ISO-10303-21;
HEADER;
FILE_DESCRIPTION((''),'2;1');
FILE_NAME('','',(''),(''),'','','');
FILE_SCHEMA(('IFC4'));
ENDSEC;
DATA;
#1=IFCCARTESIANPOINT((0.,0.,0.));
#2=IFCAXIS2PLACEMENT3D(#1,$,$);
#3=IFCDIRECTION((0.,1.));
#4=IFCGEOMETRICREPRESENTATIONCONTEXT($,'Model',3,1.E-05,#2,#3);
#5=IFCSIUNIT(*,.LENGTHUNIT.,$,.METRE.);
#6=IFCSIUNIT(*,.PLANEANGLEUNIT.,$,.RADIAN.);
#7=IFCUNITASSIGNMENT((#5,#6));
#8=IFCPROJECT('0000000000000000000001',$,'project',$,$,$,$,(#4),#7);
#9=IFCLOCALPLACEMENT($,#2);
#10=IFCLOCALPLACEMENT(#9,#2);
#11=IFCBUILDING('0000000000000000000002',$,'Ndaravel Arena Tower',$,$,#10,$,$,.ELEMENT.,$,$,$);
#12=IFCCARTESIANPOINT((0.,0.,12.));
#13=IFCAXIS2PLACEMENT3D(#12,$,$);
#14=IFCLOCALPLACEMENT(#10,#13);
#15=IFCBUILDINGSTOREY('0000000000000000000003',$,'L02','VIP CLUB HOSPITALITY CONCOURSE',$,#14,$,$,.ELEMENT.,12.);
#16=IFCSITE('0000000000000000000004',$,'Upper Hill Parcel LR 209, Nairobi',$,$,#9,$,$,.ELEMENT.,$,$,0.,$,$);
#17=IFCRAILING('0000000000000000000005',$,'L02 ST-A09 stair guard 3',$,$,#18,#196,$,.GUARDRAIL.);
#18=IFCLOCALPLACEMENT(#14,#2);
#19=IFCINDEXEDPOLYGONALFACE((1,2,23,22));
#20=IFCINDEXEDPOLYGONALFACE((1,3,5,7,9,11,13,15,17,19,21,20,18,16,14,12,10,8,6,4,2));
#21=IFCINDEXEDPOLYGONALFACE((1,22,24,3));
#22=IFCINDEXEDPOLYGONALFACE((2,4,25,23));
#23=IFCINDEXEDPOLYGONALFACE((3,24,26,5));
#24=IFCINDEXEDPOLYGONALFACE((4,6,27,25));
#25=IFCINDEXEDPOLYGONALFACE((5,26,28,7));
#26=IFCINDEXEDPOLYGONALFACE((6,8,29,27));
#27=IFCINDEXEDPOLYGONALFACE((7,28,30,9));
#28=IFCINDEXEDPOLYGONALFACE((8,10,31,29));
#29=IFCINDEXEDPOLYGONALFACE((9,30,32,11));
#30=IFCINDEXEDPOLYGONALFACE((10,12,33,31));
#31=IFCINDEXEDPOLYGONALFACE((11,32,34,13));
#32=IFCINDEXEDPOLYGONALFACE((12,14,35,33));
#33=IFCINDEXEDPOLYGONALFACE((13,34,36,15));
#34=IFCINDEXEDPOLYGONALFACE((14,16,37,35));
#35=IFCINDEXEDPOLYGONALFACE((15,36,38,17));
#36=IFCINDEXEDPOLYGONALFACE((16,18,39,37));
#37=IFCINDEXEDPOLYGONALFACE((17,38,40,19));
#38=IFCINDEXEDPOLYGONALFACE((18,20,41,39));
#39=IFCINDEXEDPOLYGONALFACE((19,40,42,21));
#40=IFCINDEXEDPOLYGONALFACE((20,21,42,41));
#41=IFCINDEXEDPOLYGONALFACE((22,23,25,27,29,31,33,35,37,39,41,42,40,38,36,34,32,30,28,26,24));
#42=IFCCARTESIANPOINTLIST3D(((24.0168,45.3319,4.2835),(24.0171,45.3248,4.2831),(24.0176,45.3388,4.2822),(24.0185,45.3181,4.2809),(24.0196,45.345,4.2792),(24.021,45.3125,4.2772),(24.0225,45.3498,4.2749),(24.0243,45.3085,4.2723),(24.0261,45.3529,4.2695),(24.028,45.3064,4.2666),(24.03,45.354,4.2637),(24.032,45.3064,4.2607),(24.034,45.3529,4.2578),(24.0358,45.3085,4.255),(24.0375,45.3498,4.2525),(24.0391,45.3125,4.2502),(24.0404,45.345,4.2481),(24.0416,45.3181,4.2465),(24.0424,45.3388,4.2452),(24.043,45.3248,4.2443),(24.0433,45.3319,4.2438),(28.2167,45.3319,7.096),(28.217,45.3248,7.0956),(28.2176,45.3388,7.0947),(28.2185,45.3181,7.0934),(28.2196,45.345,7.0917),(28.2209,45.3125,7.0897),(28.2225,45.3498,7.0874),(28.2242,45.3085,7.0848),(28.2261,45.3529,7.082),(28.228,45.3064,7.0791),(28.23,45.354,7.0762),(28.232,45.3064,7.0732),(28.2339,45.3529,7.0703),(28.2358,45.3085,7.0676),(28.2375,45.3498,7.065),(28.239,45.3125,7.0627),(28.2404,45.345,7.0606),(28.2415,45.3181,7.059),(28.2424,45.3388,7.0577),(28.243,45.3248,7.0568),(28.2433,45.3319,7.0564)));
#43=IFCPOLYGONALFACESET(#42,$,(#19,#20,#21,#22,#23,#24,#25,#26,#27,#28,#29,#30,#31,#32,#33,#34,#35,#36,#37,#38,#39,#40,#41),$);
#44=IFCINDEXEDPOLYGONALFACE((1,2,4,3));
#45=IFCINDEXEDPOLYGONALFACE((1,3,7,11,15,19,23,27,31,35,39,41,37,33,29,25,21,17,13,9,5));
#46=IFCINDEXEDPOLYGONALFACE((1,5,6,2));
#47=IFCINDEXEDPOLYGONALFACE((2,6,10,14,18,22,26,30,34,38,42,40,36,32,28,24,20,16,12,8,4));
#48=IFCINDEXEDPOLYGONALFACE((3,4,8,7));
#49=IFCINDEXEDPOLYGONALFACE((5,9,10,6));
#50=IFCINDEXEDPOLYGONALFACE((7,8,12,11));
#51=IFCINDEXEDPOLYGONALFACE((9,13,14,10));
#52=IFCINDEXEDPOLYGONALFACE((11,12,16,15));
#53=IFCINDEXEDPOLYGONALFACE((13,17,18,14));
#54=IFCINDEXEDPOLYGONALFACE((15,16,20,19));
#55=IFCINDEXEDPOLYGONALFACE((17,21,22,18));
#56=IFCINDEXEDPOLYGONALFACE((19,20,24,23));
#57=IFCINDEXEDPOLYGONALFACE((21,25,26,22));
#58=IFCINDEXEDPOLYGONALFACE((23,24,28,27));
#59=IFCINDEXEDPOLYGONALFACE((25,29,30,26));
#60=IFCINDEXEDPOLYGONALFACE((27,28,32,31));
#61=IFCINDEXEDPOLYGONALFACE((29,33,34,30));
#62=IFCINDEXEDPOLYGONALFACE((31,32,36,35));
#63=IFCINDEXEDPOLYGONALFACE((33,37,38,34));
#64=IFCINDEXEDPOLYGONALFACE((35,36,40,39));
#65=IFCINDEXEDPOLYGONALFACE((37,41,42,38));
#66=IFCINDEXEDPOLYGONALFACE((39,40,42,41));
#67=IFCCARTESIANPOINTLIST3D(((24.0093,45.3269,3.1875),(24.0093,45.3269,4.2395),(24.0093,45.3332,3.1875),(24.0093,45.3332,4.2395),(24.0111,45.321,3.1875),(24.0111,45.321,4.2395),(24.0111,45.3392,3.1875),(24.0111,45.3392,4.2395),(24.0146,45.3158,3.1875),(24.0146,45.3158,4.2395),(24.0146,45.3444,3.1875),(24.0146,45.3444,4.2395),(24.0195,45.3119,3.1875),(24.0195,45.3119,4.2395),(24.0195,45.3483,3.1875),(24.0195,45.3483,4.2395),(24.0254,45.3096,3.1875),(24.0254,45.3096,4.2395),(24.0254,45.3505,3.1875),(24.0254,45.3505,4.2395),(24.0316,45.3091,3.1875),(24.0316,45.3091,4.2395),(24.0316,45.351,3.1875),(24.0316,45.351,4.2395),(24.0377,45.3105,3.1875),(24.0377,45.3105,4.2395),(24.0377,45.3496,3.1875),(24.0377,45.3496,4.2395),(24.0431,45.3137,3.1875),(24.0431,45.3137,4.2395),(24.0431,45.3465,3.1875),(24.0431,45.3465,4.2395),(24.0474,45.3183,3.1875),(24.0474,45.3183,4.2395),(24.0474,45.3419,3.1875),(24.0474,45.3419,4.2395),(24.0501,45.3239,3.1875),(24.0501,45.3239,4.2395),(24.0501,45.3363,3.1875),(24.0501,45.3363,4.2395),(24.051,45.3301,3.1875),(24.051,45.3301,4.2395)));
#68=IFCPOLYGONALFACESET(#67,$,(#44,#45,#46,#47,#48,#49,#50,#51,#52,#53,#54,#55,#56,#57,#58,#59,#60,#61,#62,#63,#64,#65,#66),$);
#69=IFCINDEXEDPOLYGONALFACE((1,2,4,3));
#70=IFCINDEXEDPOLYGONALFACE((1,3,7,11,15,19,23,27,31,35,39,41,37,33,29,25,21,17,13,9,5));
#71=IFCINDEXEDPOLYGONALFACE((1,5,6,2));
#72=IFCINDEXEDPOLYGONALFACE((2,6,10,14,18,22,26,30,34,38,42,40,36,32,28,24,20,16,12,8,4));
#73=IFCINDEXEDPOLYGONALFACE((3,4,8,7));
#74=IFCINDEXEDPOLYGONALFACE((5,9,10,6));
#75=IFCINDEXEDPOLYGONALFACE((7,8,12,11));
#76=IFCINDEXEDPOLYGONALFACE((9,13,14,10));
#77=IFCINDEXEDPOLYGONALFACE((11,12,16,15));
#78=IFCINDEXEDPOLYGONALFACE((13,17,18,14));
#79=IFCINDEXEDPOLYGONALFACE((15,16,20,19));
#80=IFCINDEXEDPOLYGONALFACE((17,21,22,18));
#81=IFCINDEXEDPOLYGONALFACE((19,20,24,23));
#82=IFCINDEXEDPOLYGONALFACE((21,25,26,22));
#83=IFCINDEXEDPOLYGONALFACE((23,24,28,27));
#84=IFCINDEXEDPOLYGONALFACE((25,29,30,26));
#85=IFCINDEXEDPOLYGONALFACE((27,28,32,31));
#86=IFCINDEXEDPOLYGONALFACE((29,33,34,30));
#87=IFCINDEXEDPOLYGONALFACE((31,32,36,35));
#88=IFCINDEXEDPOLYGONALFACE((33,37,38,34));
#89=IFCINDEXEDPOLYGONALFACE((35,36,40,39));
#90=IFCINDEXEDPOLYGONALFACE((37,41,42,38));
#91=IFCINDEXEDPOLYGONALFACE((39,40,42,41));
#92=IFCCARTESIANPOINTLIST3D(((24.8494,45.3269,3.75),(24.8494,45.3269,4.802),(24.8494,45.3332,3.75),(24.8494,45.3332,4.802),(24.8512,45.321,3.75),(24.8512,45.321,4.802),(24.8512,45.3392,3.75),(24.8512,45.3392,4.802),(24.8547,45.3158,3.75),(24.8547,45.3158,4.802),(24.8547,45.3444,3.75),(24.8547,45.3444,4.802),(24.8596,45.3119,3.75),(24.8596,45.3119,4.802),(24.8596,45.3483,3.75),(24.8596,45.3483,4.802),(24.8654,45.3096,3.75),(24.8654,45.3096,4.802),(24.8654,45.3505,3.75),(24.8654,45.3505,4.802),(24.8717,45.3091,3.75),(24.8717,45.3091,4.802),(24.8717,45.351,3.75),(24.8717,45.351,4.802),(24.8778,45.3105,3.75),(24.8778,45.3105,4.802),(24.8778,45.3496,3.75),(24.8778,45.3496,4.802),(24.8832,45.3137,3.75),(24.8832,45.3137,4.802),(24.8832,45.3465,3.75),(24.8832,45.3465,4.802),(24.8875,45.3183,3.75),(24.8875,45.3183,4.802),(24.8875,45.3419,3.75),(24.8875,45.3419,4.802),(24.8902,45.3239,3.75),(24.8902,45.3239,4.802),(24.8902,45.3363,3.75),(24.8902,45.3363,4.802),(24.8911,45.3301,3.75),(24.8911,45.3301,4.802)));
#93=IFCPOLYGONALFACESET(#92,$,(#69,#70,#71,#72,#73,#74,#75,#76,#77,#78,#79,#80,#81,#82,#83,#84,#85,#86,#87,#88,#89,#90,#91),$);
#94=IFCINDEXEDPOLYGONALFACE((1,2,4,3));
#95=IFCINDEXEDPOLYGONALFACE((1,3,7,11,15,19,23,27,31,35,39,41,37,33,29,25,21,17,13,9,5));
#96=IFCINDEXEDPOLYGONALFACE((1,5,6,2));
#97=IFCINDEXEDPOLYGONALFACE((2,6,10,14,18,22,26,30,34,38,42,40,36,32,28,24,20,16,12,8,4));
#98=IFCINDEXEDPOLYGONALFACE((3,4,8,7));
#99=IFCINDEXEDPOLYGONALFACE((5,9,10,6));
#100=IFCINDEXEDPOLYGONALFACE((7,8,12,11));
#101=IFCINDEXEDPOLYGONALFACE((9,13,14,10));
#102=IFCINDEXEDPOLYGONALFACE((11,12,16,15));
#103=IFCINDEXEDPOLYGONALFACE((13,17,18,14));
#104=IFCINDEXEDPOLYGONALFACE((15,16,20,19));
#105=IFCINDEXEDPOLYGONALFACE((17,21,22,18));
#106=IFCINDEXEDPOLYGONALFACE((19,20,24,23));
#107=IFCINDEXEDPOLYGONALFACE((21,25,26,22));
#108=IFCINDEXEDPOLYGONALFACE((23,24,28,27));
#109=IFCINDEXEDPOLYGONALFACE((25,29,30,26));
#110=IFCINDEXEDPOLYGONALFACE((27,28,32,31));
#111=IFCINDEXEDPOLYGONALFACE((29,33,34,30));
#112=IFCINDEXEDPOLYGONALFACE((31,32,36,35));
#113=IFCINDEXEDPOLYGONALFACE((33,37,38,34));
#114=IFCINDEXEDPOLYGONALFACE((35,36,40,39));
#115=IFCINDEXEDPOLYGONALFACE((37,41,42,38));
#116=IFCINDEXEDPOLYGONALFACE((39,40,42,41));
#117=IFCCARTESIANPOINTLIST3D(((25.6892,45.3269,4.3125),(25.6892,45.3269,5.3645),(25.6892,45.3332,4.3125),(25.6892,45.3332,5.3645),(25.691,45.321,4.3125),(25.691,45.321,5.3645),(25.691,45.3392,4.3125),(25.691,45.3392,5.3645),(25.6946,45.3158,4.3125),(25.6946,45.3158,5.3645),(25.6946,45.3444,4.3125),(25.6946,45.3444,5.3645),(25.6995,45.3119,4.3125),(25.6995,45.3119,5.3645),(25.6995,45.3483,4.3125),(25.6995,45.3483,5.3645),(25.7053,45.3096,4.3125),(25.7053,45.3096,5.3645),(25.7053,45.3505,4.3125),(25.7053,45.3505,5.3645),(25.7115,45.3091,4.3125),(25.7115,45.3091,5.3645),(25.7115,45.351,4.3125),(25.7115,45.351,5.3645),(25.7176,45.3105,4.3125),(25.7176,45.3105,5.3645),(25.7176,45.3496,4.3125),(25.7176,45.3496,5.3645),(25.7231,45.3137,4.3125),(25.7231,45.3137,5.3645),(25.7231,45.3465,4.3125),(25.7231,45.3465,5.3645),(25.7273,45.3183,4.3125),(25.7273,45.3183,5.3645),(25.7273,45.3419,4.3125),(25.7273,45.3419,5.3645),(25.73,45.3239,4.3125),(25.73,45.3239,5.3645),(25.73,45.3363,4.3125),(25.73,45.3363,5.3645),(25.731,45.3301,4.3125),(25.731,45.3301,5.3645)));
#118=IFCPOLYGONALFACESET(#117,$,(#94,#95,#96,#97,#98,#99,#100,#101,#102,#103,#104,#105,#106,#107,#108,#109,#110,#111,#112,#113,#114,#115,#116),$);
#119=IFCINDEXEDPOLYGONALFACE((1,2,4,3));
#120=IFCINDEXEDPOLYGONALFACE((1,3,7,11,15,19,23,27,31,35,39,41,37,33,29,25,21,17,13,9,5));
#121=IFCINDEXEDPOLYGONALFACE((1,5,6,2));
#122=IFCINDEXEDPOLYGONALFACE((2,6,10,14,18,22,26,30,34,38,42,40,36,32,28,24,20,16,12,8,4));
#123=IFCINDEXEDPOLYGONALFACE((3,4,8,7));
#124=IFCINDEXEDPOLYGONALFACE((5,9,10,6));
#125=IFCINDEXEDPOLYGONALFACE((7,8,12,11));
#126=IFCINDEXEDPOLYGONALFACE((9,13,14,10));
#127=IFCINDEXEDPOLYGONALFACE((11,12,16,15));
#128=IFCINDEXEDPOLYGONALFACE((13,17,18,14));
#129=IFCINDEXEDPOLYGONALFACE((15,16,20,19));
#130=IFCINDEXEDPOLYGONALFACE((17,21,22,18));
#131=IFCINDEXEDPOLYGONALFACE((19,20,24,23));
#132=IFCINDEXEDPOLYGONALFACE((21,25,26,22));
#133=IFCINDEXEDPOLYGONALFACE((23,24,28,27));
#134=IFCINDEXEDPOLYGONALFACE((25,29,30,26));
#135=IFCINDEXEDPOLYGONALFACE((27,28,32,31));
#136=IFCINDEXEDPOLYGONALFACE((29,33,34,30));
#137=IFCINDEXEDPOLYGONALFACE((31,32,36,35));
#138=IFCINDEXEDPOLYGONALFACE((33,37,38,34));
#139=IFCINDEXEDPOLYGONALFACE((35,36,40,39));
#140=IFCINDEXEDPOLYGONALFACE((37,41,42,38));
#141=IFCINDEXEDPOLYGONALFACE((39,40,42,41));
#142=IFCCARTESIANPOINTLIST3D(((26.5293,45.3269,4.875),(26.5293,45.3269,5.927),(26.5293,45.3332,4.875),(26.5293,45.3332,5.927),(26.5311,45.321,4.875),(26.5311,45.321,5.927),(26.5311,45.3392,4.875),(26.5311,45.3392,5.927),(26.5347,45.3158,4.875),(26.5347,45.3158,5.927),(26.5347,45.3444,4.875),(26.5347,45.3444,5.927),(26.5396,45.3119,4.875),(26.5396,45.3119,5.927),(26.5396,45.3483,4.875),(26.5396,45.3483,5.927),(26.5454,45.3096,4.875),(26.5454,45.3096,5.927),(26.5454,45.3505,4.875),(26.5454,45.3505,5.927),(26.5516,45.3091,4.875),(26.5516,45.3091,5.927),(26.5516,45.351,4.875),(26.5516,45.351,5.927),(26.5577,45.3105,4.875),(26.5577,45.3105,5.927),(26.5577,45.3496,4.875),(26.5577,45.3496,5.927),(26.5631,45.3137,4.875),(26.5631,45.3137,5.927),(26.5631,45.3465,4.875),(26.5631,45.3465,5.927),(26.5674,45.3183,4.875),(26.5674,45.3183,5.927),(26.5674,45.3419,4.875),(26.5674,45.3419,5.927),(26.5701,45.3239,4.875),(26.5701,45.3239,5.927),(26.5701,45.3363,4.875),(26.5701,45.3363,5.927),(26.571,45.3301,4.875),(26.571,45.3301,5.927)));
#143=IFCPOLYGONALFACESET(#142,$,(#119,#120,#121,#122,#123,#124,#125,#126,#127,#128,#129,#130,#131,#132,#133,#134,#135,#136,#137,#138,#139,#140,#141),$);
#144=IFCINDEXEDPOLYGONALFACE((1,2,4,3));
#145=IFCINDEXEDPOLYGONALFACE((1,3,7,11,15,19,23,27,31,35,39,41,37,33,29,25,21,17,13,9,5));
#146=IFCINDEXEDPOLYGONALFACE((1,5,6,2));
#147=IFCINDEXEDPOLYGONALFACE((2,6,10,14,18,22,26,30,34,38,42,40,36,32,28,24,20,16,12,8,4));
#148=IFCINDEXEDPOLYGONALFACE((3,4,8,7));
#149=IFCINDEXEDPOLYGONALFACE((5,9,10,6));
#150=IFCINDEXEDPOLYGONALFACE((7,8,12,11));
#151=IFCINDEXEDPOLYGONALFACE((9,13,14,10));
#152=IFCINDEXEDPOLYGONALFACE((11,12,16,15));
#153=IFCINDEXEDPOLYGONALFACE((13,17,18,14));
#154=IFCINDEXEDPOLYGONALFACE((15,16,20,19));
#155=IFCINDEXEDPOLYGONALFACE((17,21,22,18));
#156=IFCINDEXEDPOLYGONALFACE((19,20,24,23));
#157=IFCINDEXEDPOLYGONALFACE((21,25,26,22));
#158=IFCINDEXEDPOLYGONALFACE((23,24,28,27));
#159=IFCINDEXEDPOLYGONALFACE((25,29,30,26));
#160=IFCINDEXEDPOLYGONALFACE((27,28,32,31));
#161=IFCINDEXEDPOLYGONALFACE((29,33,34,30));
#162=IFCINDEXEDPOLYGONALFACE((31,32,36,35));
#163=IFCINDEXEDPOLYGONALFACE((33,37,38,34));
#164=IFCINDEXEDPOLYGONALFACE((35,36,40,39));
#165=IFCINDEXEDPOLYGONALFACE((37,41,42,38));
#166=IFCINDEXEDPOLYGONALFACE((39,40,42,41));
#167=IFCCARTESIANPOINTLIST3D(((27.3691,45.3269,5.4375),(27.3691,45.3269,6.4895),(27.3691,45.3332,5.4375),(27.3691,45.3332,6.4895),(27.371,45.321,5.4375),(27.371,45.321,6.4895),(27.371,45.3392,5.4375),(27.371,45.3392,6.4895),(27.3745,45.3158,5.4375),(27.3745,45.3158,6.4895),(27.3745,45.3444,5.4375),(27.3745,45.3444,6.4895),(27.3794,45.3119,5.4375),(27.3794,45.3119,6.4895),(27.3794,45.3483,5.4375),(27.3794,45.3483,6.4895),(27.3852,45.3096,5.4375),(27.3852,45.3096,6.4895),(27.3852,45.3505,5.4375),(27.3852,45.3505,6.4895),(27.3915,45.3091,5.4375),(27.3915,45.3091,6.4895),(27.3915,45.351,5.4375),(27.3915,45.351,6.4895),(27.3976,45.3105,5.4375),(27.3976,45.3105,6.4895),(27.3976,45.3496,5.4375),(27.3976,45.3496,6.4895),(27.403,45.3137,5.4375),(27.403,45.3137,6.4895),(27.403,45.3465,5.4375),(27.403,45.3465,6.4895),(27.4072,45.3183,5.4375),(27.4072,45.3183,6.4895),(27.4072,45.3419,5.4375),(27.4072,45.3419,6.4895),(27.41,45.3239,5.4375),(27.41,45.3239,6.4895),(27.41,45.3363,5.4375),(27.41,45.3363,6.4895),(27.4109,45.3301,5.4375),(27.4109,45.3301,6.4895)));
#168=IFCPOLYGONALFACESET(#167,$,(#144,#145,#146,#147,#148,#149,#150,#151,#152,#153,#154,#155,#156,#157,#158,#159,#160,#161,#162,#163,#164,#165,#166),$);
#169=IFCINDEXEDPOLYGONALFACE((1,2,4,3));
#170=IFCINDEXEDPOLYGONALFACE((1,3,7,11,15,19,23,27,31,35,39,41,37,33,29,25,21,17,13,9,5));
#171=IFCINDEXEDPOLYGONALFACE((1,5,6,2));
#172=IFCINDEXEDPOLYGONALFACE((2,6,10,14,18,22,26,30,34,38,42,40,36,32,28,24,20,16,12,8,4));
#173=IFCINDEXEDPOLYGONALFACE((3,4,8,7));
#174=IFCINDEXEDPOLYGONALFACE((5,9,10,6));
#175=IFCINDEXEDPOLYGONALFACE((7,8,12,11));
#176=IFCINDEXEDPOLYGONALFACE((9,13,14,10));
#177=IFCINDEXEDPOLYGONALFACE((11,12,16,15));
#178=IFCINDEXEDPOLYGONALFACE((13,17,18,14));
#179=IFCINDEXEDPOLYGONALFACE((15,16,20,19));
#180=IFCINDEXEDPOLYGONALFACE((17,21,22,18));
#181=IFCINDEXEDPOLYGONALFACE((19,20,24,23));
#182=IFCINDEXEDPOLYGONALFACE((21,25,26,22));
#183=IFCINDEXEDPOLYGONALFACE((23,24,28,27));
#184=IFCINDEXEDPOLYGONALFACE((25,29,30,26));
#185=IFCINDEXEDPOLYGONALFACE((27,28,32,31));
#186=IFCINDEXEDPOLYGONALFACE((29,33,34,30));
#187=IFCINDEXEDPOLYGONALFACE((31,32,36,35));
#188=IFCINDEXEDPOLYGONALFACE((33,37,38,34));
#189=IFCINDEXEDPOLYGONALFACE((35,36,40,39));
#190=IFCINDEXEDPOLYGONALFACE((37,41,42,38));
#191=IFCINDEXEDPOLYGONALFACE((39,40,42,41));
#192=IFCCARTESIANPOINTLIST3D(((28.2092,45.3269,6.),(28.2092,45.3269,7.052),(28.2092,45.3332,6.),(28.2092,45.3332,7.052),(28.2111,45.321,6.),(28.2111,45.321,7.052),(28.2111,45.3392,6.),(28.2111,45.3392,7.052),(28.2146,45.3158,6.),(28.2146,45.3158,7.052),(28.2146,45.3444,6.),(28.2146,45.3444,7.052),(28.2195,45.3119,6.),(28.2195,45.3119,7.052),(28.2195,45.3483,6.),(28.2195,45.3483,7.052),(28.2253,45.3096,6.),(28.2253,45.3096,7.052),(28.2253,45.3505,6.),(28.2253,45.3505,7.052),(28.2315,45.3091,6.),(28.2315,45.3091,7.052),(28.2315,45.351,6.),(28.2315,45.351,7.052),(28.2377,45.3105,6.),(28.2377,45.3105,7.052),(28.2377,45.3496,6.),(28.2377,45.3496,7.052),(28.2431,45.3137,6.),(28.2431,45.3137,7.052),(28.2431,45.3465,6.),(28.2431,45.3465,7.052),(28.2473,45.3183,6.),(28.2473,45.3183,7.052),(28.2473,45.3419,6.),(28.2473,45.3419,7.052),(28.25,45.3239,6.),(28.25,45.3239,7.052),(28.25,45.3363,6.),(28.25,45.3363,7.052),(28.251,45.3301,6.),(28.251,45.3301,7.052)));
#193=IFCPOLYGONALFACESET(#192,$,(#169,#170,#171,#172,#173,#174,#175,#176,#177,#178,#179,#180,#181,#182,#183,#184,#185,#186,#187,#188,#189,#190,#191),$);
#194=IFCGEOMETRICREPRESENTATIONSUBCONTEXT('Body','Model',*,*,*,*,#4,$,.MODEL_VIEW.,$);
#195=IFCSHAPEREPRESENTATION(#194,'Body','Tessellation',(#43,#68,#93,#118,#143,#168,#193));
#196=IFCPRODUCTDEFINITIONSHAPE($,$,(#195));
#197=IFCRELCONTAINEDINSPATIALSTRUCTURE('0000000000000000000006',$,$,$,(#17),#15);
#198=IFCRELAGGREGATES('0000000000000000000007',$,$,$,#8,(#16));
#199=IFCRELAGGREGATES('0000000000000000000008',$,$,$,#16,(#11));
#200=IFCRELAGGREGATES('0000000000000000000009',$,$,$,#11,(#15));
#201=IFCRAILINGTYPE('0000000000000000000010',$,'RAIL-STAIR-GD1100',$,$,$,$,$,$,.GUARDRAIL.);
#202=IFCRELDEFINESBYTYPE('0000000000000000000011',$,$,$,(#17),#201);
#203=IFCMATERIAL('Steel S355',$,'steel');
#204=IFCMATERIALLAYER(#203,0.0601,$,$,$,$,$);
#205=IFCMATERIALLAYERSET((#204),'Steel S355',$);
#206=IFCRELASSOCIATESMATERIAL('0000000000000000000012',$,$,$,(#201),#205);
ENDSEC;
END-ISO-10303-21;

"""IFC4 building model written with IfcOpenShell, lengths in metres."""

from ifc_helpers import new_model, si_unit, direction, frame, origin, origin_2d, place, context, subcontext, project, spatial, circle, extrude, material, layer, layer_set, type_object, element, save


model = new_model("IFC4")

# Units and contexts
model_context = context("Model", 3, precision=1e-05, world=origin(), true_north=direction((0.0, 1.0)))
body_context = subcontext(model_context, "Body", "Model", "MODEL_VIEW")
ifc_project = project(units=[si_unit("LENGTHUNIT", "METRE"), si_unit("PLANEANGLEUNIT", "RADIAN")], contexts=[model_context])

# Site, building, storey
site_placement = place(None, origin())
site = spatial("IfcSite", under=ifc_project, at=site_placement, Name="Upper Hill Parcel LR 209, Nairobi", CompositionType="ELEMENT", RefElevation=0.0)
building_placement = place(site_placement, origin())
building = spatial("IfcBuilding", under=site, at=building_placement, Name="Ndaravel Arena Tower", CompositionType="ELEMENT")
storey_placement = place(building_placement, frame((0.0, 0.0, 12.0)))
storey = spatial("IfcBuildingStorey", under=building, at=storey_placement, Name="L02", Description="VIP CLUB HOSPITALITY CONCOURSE", CompositionType="ELEMENT", Elevation=12.0)

# Railing
ifc_material_1 = material(Name="Steel S355", Category="steel")
ifc_layer_1 = layer(ifc_material_1, 0.0601)
ifc_layer_set_1 = layer_set([ifc_layer_1], Name="Steel S355")
railing_type_1 = type_object("IfcRailingType", Name="RAIL-STAIR-GD1100", PredefinedType="GUARDRAIL", material=ifc_layer_set_1)
railing_1_placement = place(storey_placement, frame((24.03, 45.3301, 3.1875)))
element("IfcRailing", 1, at=railing_1_placement, inside=storey, type_object=railing_type_1, Name="L02 ST-A09 stair guard 3", PredefinedType="GUARDRAIL", context=body_context, shape_type="SweptSolid", body=[
    extrude(circle(Radius=0.0239, at=origin_2d()), frame((0.0, 0.0, 1.0762), z_axis=(0.830904, 0.0, 0.556416), x_axis=(0.0, 1.0, 0.0)), (0.0, 0.0, 1.0), 5.0547),
    extrude(circle(Radius=0.021, at=origin_2d()), origin(), (0.0, 0.0, 1.0), 1.052),
    extrude(circle(Radius=0.021, at=origin_2d()), frame((0.8401, 0.0, 0.5625)), (0.0, 0.0, 1.0), 1.052),
    extrude(circle(Radius=0.021, at=origin_2d()), frame((1.6799, 0.0, 1.125)), (0.0, 0.0, 1.0), 1.052),
    extrude(circle(Radius=0.021, at=origin_2d()), frame((2.52, 0.0, 1.6875)), (0.0, 0.0, 1.0), 1.052),
    extrude(circle(Radius=0.021, at=origin_2d()), frame((3.3599, 0.0, 2.25)), (0.0, 0.0, 1.0), 1.052),
    extrude(circle(Radius=0.021, at=origin_2d()), frame((4.2, 0.0, 2.8125)), (0.0, 0.0, 1.0), 1.052),
])

save(model, "model.ifc")
